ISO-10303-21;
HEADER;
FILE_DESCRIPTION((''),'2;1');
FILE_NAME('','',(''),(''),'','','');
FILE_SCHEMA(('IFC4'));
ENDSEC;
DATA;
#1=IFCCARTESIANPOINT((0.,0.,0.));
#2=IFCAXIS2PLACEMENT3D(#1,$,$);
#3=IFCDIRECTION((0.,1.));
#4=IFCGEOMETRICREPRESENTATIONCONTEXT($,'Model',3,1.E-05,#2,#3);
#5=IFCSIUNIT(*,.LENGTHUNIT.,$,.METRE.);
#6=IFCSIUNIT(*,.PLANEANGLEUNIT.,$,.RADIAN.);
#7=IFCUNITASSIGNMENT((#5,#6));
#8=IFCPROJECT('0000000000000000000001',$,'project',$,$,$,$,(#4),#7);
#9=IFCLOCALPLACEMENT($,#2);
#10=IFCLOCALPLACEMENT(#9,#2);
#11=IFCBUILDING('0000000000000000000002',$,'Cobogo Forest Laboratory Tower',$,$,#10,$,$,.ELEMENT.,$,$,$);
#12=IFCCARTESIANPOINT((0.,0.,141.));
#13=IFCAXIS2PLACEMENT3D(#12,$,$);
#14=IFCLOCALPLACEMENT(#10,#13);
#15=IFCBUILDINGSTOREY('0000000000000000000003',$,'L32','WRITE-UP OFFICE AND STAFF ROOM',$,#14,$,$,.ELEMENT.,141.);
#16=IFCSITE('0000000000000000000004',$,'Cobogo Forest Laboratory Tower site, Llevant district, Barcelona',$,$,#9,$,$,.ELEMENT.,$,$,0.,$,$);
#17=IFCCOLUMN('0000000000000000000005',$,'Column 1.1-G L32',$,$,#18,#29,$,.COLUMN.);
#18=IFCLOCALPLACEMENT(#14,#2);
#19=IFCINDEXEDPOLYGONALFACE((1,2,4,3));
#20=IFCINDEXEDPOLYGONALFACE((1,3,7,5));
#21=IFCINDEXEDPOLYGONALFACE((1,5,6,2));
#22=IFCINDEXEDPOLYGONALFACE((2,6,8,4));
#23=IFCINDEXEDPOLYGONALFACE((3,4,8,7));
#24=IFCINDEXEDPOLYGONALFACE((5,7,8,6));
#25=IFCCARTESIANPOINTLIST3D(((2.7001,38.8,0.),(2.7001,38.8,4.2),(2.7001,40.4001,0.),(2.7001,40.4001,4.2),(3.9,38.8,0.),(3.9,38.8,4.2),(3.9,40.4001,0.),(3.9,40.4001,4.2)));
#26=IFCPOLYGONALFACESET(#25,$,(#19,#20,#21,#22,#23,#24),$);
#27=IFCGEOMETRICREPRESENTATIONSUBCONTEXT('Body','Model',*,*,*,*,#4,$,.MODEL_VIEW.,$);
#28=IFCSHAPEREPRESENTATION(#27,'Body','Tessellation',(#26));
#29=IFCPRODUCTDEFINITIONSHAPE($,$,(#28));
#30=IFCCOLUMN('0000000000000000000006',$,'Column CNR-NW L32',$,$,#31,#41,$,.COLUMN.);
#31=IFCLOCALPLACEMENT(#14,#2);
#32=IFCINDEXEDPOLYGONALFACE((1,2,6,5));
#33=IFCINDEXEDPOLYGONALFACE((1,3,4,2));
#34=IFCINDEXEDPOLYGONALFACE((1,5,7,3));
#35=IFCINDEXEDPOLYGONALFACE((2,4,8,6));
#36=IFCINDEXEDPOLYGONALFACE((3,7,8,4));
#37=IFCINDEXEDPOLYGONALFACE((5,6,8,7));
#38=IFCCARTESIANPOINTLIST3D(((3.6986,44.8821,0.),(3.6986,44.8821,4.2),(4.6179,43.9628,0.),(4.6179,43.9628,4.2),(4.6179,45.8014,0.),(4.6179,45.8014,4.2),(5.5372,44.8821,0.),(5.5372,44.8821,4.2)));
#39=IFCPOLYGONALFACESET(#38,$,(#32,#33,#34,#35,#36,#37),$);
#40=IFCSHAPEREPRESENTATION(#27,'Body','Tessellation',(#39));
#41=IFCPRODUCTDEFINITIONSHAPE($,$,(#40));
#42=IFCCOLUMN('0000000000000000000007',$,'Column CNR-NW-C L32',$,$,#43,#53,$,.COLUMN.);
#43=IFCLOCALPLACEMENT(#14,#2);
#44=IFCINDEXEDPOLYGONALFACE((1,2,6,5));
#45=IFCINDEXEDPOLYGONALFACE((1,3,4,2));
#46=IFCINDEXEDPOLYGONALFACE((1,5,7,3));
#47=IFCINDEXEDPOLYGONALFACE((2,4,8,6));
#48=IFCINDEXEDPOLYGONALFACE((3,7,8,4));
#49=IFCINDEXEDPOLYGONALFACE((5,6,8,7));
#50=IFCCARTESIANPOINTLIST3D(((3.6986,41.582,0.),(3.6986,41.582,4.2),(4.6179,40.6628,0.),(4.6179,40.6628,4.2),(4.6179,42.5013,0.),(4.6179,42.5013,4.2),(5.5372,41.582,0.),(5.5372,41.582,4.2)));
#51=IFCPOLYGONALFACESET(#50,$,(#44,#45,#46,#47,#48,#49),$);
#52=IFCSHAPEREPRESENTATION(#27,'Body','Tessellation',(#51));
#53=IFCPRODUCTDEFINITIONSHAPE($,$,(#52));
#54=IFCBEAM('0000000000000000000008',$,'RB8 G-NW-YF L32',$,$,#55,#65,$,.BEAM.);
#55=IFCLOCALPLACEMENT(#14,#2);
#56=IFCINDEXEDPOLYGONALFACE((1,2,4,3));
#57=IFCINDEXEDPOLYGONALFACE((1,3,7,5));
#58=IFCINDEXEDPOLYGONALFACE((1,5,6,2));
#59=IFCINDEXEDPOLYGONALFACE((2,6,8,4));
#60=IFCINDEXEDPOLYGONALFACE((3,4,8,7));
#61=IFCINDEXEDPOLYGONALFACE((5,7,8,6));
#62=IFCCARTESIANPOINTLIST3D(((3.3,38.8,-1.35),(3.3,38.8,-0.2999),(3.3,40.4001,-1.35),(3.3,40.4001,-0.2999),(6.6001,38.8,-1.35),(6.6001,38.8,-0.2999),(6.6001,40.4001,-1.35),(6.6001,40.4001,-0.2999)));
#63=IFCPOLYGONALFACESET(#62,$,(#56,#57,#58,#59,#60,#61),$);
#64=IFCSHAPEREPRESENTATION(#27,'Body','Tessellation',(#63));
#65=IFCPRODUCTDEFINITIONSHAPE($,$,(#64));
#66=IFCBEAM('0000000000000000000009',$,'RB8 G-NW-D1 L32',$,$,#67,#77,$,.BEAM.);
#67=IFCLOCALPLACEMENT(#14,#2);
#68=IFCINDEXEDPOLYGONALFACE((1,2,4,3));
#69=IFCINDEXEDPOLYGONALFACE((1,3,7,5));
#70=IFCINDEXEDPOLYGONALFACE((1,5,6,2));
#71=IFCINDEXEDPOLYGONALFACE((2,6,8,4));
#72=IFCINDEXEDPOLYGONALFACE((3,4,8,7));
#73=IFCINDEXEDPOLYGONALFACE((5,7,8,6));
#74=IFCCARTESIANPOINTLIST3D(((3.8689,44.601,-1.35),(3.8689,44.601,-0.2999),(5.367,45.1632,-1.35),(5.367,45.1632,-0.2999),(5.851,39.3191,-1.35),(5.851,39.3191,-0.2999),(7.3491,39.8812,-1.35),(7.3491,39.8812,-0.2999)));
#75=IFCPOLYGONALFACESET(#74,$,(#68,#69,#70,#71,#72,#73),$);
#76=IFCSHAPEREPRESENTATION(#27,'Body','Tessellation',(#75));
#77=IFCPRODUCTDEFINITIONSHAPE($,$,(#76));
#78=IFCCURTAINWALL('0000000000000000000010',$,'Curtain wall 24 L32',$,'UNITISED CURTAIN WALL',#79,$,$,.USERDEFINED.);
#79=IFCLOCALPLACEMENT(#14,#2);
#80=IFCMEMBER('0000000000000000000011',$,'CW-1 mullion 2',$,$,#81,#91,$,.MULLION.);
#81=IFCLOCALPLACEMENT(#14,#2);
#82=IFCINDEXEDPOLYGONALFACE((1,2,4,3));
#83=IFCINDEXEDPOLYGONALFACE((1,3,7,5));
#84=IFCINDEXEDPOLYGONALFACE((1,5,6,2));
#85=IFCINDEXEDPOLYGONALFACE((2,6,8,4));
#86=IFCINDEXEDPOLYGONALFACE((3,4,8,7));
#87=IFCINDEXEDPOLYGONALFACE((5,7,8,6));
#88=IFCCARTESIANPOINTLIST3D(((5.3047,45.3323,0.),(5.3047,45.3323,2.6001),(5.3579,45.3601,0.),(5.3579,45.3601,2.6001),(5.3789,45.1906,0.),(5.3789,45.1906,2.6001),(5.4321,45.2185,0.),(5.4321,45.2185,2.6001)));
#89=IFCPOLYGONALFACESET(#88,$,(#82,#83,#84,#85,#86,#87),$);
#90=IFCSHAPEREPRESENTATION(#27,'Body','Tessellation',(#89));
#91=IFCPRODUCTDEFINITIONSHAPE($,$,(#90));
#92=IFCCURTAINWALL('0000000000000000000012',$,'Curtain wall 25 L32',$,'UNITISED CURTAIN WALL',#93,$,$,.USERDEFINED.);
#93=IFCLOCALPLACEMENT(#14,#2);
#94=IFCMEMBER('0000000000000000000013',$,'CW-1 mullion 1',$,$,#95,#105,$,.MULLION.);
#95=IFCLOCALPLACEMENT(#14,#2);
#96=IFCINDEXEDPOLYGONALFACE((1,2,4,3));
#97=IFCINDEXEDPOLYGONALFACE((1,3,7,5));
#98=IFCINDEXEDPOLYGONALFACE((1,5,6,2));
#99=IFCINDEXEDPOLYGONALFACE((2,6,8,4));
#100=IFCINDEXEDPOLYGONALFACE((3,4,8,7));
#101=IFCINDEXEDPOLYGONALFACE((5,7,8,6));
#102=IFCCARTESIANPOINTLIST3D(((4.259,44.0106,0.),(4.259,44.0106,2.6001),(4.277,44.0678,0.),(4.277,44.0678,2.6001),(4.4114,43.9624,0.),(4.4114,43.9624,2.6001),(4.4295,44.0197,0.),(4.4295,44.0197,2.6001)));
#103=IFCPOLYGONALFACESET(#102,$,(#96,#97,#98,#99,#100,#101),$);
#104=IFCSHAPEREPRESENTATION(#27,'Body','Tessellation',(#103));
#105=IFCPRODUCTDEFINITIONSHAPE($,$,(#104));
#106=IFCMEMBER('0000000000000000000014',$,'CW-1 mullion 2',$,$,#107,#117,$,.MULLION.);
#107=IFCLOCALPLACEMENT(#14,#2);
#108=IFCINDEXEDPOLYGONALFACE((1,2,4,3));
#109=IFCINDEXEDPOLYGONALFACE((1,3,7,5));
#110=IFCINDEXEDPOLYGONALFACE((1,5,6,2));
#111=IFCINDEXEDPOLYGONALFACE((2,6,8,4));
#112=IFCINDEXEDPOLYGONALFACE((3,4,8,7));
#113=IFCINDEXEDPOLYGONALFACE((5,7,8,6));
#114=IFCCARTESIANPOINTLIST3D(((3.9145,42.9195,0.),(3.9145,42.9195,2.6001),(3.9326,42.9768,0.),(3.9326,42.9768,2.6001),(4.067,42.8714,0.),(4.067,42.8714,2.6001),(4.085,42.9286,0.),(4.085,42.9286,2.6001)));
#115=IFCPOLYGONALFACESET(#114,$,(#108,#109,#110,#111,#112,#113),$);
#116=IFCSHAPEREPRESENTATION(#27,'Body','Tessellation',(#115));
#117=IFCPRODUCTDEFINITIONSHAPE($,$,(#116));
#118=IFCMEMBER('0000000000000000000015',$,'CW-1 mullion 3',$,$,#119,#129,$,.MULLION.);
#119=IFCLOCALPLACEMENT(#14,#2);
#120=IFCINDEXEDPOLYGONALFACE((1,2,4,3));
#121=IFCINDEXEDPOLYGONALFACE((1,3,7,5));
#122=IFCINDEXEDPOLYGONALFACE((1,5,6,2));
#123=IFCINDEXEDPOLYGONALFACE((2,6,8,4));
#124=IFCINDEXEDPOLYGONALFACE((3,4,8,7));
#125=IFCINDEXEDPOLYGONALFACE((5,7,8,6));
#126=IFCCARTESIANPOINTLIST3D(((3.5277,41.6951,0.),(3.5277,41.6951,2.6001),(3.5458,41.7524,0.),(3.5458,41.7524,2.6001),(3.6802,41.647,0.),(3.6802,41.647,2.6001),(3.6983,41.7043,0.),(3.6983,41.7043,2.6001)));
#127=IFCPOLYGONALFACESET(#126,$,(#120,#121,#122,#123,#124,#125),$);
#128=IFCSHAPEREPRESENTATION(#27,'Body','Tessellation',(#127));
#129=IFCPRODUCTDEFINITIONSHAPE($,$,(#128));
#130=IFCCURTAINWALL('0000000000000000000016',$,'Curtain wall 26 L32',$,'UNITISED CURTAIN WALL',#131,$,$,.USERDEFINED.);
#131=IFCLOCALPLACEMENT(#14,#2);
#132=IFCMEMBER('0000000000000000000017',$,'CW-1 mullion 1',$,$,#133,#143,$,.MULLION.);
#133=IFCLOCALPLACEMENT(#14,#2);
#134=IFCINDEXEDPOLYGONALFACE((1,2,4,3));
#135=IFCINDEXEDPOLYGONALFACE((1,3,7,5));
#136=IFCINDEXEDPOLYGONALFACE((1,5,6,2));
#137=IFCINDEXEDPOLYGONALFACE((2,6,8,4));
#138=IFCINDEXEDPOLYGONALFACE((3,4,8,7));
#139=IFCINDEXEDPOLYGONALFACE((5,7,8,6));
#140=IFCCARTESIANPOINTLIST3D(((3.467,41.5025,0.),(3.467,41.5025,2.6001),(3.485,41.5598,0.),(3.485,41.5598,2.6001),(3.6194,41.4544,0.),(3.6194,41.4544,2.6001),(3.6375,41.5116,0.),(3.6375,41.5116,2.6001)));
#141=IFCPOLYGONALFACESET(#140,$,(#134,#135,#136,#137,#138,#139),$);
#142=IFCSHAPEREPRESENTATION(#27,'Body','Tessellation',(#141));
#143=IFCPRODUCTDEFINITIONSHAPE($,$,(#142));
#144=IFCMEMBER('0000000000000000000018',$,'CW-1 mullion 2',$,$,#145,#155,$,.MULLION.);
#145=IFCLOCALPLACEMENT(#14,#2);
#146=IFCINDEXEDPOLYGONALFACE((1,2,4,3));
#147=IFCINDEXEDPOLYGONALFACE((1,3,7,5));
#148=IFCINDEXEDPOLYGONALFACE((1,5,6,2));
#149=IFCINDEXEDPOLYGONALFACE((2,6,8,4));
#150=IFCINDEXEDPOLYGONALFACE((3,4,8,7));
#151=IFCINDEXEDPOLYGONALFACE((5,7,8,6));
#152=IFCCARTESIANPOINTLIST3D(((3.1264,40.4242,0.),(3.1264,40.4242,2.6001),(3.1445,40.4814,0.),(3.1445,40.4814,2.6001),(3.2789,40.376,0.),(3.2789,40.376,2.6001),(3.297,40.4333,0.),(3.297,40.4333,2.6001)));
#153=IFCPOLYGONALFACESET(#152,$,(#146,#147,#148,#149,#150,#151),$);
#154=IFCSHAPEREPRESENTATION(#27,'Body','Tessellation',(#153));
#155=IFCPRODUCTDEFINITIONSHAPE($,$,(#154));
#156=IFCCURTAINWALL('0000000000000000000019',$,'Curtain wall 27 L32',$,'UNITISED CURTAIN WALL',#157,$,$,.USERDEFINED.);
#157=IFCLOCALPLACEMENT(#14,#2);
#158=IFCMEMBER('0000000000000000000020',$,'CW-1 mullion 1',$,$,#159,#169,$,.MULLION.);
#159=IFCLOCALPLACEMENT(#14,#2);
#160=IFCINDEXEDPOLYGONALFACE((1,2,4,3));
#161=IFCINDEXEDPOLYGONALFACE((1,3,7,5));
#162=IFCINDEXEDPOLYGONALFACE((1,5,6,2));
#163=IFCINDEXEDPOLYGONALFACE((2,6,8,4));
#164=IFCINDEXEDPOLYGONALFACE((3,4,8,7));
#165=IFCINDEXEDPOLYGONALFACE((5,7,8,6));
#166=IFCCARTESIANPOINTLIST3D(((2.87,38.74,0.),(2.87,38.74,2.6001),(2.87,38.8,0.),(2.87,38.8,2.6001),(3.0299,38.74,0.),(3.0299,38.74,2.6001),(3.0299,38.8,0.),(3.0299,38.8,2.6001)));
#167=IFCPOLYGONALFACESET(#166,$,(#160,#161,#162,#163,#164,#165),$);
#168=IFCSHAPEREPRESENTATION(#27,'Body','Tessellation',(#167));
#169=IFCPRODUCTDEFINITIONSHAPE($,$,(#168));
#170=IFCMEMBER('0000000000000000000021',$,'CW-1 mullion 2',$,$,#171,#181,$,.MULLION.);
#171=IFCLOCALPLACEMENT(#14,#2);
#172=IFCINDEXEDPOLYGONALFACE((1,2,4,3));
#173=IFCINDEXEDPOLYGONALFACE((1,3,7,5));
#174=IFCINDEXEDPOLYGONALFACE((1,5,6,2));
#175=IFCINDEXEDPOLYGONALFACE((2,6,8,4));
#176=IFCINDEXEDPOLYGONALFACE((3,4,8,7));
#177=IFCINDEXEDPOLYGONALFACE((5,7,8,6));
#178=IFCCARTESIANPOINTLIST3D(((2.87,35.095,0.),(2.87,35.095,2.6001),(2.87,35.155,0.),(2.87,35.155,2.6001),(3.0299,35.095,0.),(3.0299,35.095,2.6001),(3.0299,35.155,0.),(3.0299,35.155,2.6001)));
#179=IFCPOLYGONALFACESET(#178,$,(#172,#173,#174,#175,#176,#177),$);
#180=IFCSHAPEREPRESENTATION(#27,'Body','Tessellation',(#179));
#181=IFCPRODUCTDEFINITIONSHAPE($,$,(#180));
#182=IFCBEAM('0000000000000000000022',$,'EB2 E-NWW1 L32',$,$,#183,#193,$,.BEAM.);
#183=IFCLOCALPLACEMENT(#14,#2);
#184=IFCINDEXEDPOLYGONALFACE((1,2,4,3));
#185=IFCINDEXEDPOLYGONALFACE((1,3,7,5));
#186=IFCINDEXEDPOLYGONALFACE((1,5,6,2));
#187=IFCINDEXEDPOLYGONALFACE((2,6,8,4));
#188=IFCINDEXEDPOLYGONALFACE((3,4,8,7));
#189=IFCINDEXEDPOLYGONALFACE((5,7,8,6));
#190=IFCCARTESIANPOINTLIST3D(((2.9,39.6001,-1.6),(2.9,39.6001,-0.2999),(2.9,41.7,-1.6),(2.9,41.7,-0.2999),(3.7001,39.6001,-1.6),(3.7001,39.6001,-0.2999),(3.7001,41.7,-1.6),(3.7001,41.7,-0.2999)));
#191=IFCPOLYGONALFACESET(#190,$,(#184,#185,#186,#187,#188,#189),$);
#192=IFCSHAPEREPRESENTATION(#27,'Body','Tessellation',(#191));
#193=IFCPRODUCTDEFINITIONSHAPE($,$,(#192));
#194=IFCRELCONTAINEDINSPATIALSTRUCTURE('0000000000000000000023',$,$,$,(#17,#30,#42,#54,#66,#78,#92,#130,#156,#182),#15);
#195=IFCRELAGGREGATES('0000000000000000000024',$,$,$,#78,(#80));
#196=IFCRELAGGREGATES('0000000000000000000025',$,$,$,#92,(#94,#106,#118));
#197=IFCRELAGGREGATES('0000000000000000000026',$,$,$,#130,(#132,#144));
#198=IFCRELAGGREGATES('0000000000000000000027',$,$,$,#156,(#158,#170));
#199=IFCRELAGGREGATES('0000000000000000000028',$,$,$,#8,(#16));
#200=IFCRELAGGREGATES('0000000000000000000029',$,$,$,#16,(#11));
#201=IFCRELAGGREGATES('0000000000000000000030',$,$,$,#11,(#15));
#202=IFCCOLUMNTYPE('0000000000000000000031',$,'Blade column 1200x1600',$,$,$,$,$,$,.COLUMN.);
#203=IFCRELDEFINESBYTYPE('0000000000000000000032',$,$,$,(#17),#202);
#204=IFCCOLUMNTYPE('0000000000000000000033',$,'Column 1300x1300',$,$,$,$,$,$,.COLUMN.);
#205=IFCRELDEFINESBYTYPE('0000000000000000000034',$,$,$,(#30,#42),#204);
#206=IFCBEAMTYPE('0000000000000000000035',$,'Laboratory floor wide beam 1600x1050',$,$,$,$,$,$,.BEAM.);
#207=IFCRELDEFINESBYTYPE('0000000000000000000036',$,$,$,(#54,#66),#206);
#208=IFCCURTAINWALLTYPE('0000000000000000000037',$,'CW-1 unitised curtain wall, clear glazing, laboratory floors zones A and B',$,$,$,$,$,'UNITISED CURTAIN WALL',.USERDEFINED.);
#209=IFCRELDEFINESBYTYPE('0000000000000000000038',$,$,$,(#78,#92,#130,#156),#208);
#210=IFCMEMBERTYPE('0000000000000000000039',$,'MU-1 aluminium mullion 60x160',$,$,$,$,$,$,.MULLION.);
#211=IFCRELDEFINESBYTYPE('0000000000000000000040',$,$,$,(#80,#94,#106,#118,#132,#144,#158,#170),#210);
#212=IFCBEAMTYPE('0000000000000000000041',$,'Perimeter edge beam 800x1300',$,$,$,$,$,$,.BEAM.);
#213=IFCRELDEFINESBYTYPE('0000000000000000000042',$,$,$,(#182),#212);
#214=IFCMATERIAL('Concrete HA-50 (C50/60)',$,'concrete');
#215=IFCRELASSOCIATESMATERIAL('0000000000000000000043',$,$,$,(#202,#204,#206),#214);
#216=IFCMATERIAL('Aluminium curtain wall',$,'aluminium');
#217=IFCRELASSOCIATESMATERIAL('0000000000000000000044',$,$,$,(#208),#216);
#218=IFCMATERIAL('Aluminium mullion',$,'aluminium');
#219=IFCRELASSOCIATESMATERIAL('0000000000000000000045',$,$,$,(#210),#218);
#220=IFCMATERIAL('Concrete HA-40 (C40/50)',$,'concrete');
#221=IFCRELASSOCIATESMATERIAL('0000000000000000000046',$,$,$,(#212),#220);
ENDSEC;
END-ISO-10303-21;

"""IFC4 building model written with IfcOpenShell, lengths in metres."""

from ifc_helpers import new_model, si_unit, direction, frame, origin, origin_2d, place, context, subcontext, project, spatial, rectangle, extrude, material, material_profile, profile_set, type_object, element, aggregate, save


model = new_model("IFC4")

# Units and contexts
model_context = context("Model", 3, precision=1e-05, world=origin(), true_north=direction((0.0, 1.0)))
body_context = subcontext(model_context, "Body", "Model", "MODEL_VIEW")
ifc_project = project(units=[si_unit("LENGTHUNIT", "METRE"), si_unit("PLANEANGLEUNIT", "RADIAN")], contexts=[model_context])

# Site, building, storey
site_placement = place(None, origin())
site = spatial("IfcSite", under=ifc_project, at=site_placement, Name="Cobogo Forest Laboratory Tower site, Llevant district, Barcelona", CompositionType="ELEMENT", RefElevation=0.0)
building_placement = place(site_placement, origin())
building = spatial("IfcBuilding", under=site, at=building_placement, Name="Cobogo Forest Laboratory Tower", CompositionType="ELEMENT")
storey_placement = place(building_placement, frame((0.0, 0.0, 141.0)))
storey = spatial("IfcBuildingStorey", under=building, at=storey_placement, Name="L32", Description="WRITE-UP OFFICE AND STAFF ROOM", CompositionType="ELEMENT", Elevation=141.0)

# Columns
ifc_material_1 = material(Name="Concrete HA-50 (C50/60)", Category="concrete")
ifc_material_profile_1 = material_profile(ifc_material_1, rectangle(XDim=1.6001, YDim=1.2, at=origin_2d()), Name="RC 1200x1600")
ifc_profile_set_1 = profile_set([ifc_material_profile_1], Name="Concrete HA-50 (C50/60)")
column_type_1 = type_object("IfcColumnType", Name="Blade column 1200x1600", PredefinedType="COLUMN", material=ifc_profile_set_1)
column_placement = place(storey_placement, frame((3.3, 39.6001, 0.0), z_axis=(0.0, 0.0, 1.0), x_axis=(0.0, 1.0, 0.0)))
element("IfcColumn", 1, at=column_placement, inside=storey, type_object=column_type_1, Name="Column 1.1-G L32", PredefinedType="COLUMN", context=body_context, shape_type="SweptSolid", body=[
    extrude(rectangle(XDim=1.6001, YDim=1.2, at=origin_2d()), origin(), (0.0, 0.0, 1.0), 4.2),
])
ifc_material_profile_2 = material_profile(ifc_material_1, rectangle(XDim=1.3, YDim=1.3, at=origin_2d()), Name="RC 1300x1300")
ifc_profile_set_2 = profile_set([ifc_material_profile_2], Name="Concrete HA-50 (C50/60)")
column_type_2 = type_object("IfcColumnType", Name="Column 1300x1300", PredefinedType="COLUMN", material=ifc_profile_set_2)
for number, where, z_axis, x_axis, name in (
    (2, (4.6179, 44.8821, 0.0), (0.0, 0.0, 1.0), (0.707107, 0.707107, 0.0), "Column CNR-NW L32"),
    (3, (4.6179, 41.582, 0.0), (0.0, 0.0, 1.0), (0.707107, 0.707107, 0.0), "Column CNR-NW-C L32"),
):
    element("IfcColumn", number, at=place(storey_placement, frame(where, z_axis=z_axis, x_axis=x_axis)), inside=storey, type_object=column_type_2, Name=name, PredefinedType="COLUMN", context=body_context, shape_type="SweptSolid", body=[
        extrude(rectangle(XDim=1.3, YDim=1.3, at=origin_2d()), origin(), (0.0, 0.0, 1.0), 4.2),
    ])

# Beams
ifc_material_profile_3 = material_profile(ifc_material_1, rectangle(XDim=1.6001, YDim=1.05, at=origin_2d()), Name="RC 1600x1050")
ifc_profile_set_3 = profile_set([ifc_material_profile_3], Name="Concrete HA-50 (C50/60)")
beam_type_1 = type_object("IfcBeamType", Name="Laboratory floor wide beam 1600x1050", PredefinedType="BEAM", material=ifc_profile_set_3)
beam_1_placement = place(storey_placement, frame((3.3, 39.6001, -0.825), z_axis=(1.0, 0.0, 0.0), x_axis=(0.0, 1.0, 0.0)))
element("IfcBeam", 4, at=beam_1_placement, inside=storey, type_object=beam_type_1, Name="RB8 G-NW-YF L32", PredefinedType="BEAM", context=body_context, shape_type="SweptSolid", body=[
    extrude(rectangle(XDim=1.6001, YDim=1.05, at=origin_2d()), origin(), (0.0, 0.0, 1.0), 3.3),
])
beam_2_placement = place(storey_placement, frame((4.6179, 44.8821, -0.825), z_axis=(0.351346, -0.936246, 0.0), x_axis=(0.936246, 0.351346, 0.0)))
element("IfcBeam", 5, at=beam_2_placement, inside=storey, type_object=beam_type_1, Name="RB8 G-NW-D1 L32", PredefinedType="BEAM", context=body_context, shape_type="SweptSolid", body=[
    extrude(rectangle(XDim=1.6001, YDim=1.05, at=origin_2d()), origin(), (0.0, 0.0, 1.0), 5.6416),
])

# Curtain wall, member
ifc_material_2 = material(Name="Aluminium curtain wall", Category="aluminium")
curtain_wall_type = type_object("IfcCurtainWallType", Name="CW-1 unitised curtain wall, clear glazing, laboratory floors zones A and B", ElementType="UNITISED CURTAIN WALL", PredefinedType="USERDEFINED", material=ifc_material_2)
curtain_wall_1_placement = place(storey_placement, origin())
curtain_wall_1 = element("IfcCurtainWall", 6, at=curtain_wall_1_placement, inside=storey, type_object=curtain_wall_type, Name="Curtain wall 24 L32", ObjectType="UNITISED CURTAIN WALL", PredefinedType="USERDEFINED")
ifc_material_3 = material(Name="Aluminium mullion", Category="aluminium")
ifc_material_profile_4 = material_profile(ifc_material_3, rectangle(XDim=0.0601, YDim=0.1599, at=origin_2d()), Name="AL 60x160")
ifc_profile_set_4 = profile_set([ifc_material_profile_4], Name="Aluminium mullion")
member_type_1 = type_object("IfcMemberType", Name="MU-1 aluminium mullion 60x160", PredefinedType="MULLION", material=ifc_profile_set_4)
member_1_placement = place(storey_placement, frame((5.3684, 45.2754, 0.0), z_axis=(0.0, 0.0, 1.0), x_axis=(-0.885687, -0.464284, 0.0)))
member_1 = element("IfcMember", 7, at=member_1_placement, type_object=member_type_1, Name="CW-1 mullion 2", PredefinedType="MULLION", context=body_context, shape_type="SweptSolid", body=[
    extrude(rectangle(XDim=0.0601, YDim=0.1599, at=origin_2d()), origin(), (0.0, 0.0, 1.0), 2.6001),
])

# Curtain walls, members
curtain_wall_2_placement = place(storey_placement, origin())
curtain_wall_2 = element("IfcCurtainWall", 8, at=curtain_wall_2_placement, inside=storey, type_object=curtain_wall_type, Name="Curtain wall 25 L32", ObjectType="UNITISED CURTAIN WALL", PredefinedType="USERDEFINED")
member_2_placement = place(storey_placement, frame((4.3442, 44.0151, 0.0), z_axis=(0.0, 0.0, 1.0), x_axis=(-0.301135, -0.953581, 0.0)))
member_2 = element("IfcMember", 9, at=member_2_placement, type_object=member_type_1, Name="CW-1 mullion 1", PredefinedType="MULLION", context=body_context, shape_type="SweptSolid", body=[
    extrude(rectangle(XDim=0.0601, YDim=0.1599, at=origin_2d()), origin(), (0.0, 0.0, 1.0), 2.6001),
])
member_3_placement = place(storey_placement, frame((3.9998, 42.9241, 0.0), z_axis=(0.0, 0.0, 1.0), x_axis=(-0.301135, -0.953581, 0.0)))
member_3 = element("IfcMember", 10, at=member_3_placement, type_object=member_type_1, Name="CW-1 mullion 2", PredefinedType="MULLION", context=body_context, shape_type="SweptSolid", body=[
    extrude(rectangle(XDim=0.0601, YDim=0.1599, at=origin_2d()), origin(), (0.0, 0.0, 1.0), 2.6001),
])
member_4_placement = place(storey_placement, frame((3.613, 41.6997, 0.0), z_axis=(0.0, 0.0, 1.0), x_axis=(-0.301135, -0.953581, 0.0)))
member_4 = element("IfcMember", 11, at=member_4_placement, type_object=member_type_1, Name="CW-1 mullion 3", PredefinedType="MULLION", context=body_context, shape_type="SweptSolid", body=[
    extrude(rectangle(XDim=0.0601, YDim=0.1599, at=origin_2d()), origin(), (0.0, 0.0, 1.0), 2.6001),
])
curtain_wall_3_placement = place(storey_placement, origin())
curtain_wall_3 = element("IfcCurtainWall", 12, at=curtain_wall_3_placement, inside=storey, type_object=curtain_wall_type, Name="Curtain wall 26 L32", ObjectType="UNITISED CURTAIN WALL", PredefinedType="USERDEFINED")
member_5_placement = place(storey_placement, frame((3.5522, 41.5071, 0.0), z_axis=(0.0, 0.0, 1.0), x_axis=(-0.301136, -0.953581, 0.0)))
member_5 = element("IfcMember", 13, at=member_5_placement, type_object=member_type_1, Name="CW-1 mullion 1", PredefinedType="MULLION", context=body_context, shape_type="SweptSolid", body=[
    extrude(rectangle(XDim=0.0601, YDim=0.1599, at=origin_2d()), origin(), (0.0, 0.0, 1.0), 2.6001),
])
member_6_placement = place(storey_placement, frame((3.2117, 40.4287, 0.0), z_axis=(0.0, 0.0, 1.0), x_axis=(-0.301136, -0.953581, 0.0)))
member_6 = element("IfcMember", 14, at=member_6_placement, type_object=member_type_1, Name="CW-1 mullion 2", PredefinedType="MULLION", context=body_context, shape_type="SweptSolid", body=[
    extrude(rectangle(XDim=0.0601, YDim=0.1599, at=origin_2d()), origin(), (0.0, 0.0, 1.0), 2.6001),
])
curtain_wall_4_placement = place(storey_placement, origin())
curtain_wall_4 = element("IfcCurtainWall", 15, at=curtain_wall_4_placement, inside=storey, type_object=curtain_wall_type, Name="Curtain wall 27 L32", ObjectType="UNITISED CURTAIN WALL", PredefinedType="USERDEFINED")
member_7_placement = place(storey_placement, frame((2.95, 38.77, 0.0), z_axis=(0.0, 0.0, 1.0), x_axis=(0.0, -1.0, 0.0)))
member_7 = element("IfcMember", 16, at=member_7_placement, type_object=member_type_1, Name="CW-1 mullion 1", PredefinedType="MULLION", context=body_context, shape_type="SweptSolid", body=[
    extrude(rectangle(XDim=0.0601, YDim=0.1599, at=origin_2d()), origin(), (0.0, 0.0, 1.0), 2.6001),
])
member_8_placement = place(storey_placement, frame((2.95, 35.125, 0.0), z_axis=(0.0, 0.0, 1.0), x_axis=(0.0, -1.0, 0.0)))
member_8 = element("IfcMember", 17, at=member_8_placement, type_object=member_type_1, Name="CW-1 mullion 2", PredefinedType="MULLION", context=body_context, shape_type="SweptSolid", body=[
    extrude(rectangle(XDim=0.0601, YDim=0.1599, at=origin_2d()), origin(), (0.0, 0.0, 1.0), 2.6001),
])

# Beam
ifc_material_4 = material(Name="Concrete HA-40 (C40/50)", Category="concrete")
ifc_material_profile_5 = material_profile(ifc_material_4, rectangle(XDim=0.8, YDim=1.3, at=origin_2d()), Name="RC 800x1300")
ifc_profile_set_5 = profile_set([ifc_material_profile_5], Name="Concrete HA-40 (C40/50)")
beam_type_2 = type_object("IfcBeamType", Name="Perimeter edge beam 800x1300", PredefinedType="BEAM", material=ifc_profile_set_5)
beam_3_placement = place(storey_placement, frame((3.3, 39.6001, -0.95), z_axis=(0.0, 1.0, 0.0), x_axis=(-1.0, 0.0, 0.0)))
element("IfcBeam", 18, at=beam_3_placement, inside=storey, type_object=beam_type_2, Name="EB2 E-NWW1 L32", PredefinedType="BEAM", context=body_context, shape_type="SweptSolid", body=[
    extrude(rectangle(XDim=0.8, YDim=1.3, at=origin_2d()), origin(), (0.0, 0.0, 1.0), 2.0999),
])

aggregate(curtain_wall_1, [member_1])
aggregate(curtain_wall_2, [member_2, member_3, member_4])
aggregate(curtain_wall_3, [member_5, member_6])
aggregate(curtain_wall_4, [member_7, member_8])

save(model, "model.ifc")
